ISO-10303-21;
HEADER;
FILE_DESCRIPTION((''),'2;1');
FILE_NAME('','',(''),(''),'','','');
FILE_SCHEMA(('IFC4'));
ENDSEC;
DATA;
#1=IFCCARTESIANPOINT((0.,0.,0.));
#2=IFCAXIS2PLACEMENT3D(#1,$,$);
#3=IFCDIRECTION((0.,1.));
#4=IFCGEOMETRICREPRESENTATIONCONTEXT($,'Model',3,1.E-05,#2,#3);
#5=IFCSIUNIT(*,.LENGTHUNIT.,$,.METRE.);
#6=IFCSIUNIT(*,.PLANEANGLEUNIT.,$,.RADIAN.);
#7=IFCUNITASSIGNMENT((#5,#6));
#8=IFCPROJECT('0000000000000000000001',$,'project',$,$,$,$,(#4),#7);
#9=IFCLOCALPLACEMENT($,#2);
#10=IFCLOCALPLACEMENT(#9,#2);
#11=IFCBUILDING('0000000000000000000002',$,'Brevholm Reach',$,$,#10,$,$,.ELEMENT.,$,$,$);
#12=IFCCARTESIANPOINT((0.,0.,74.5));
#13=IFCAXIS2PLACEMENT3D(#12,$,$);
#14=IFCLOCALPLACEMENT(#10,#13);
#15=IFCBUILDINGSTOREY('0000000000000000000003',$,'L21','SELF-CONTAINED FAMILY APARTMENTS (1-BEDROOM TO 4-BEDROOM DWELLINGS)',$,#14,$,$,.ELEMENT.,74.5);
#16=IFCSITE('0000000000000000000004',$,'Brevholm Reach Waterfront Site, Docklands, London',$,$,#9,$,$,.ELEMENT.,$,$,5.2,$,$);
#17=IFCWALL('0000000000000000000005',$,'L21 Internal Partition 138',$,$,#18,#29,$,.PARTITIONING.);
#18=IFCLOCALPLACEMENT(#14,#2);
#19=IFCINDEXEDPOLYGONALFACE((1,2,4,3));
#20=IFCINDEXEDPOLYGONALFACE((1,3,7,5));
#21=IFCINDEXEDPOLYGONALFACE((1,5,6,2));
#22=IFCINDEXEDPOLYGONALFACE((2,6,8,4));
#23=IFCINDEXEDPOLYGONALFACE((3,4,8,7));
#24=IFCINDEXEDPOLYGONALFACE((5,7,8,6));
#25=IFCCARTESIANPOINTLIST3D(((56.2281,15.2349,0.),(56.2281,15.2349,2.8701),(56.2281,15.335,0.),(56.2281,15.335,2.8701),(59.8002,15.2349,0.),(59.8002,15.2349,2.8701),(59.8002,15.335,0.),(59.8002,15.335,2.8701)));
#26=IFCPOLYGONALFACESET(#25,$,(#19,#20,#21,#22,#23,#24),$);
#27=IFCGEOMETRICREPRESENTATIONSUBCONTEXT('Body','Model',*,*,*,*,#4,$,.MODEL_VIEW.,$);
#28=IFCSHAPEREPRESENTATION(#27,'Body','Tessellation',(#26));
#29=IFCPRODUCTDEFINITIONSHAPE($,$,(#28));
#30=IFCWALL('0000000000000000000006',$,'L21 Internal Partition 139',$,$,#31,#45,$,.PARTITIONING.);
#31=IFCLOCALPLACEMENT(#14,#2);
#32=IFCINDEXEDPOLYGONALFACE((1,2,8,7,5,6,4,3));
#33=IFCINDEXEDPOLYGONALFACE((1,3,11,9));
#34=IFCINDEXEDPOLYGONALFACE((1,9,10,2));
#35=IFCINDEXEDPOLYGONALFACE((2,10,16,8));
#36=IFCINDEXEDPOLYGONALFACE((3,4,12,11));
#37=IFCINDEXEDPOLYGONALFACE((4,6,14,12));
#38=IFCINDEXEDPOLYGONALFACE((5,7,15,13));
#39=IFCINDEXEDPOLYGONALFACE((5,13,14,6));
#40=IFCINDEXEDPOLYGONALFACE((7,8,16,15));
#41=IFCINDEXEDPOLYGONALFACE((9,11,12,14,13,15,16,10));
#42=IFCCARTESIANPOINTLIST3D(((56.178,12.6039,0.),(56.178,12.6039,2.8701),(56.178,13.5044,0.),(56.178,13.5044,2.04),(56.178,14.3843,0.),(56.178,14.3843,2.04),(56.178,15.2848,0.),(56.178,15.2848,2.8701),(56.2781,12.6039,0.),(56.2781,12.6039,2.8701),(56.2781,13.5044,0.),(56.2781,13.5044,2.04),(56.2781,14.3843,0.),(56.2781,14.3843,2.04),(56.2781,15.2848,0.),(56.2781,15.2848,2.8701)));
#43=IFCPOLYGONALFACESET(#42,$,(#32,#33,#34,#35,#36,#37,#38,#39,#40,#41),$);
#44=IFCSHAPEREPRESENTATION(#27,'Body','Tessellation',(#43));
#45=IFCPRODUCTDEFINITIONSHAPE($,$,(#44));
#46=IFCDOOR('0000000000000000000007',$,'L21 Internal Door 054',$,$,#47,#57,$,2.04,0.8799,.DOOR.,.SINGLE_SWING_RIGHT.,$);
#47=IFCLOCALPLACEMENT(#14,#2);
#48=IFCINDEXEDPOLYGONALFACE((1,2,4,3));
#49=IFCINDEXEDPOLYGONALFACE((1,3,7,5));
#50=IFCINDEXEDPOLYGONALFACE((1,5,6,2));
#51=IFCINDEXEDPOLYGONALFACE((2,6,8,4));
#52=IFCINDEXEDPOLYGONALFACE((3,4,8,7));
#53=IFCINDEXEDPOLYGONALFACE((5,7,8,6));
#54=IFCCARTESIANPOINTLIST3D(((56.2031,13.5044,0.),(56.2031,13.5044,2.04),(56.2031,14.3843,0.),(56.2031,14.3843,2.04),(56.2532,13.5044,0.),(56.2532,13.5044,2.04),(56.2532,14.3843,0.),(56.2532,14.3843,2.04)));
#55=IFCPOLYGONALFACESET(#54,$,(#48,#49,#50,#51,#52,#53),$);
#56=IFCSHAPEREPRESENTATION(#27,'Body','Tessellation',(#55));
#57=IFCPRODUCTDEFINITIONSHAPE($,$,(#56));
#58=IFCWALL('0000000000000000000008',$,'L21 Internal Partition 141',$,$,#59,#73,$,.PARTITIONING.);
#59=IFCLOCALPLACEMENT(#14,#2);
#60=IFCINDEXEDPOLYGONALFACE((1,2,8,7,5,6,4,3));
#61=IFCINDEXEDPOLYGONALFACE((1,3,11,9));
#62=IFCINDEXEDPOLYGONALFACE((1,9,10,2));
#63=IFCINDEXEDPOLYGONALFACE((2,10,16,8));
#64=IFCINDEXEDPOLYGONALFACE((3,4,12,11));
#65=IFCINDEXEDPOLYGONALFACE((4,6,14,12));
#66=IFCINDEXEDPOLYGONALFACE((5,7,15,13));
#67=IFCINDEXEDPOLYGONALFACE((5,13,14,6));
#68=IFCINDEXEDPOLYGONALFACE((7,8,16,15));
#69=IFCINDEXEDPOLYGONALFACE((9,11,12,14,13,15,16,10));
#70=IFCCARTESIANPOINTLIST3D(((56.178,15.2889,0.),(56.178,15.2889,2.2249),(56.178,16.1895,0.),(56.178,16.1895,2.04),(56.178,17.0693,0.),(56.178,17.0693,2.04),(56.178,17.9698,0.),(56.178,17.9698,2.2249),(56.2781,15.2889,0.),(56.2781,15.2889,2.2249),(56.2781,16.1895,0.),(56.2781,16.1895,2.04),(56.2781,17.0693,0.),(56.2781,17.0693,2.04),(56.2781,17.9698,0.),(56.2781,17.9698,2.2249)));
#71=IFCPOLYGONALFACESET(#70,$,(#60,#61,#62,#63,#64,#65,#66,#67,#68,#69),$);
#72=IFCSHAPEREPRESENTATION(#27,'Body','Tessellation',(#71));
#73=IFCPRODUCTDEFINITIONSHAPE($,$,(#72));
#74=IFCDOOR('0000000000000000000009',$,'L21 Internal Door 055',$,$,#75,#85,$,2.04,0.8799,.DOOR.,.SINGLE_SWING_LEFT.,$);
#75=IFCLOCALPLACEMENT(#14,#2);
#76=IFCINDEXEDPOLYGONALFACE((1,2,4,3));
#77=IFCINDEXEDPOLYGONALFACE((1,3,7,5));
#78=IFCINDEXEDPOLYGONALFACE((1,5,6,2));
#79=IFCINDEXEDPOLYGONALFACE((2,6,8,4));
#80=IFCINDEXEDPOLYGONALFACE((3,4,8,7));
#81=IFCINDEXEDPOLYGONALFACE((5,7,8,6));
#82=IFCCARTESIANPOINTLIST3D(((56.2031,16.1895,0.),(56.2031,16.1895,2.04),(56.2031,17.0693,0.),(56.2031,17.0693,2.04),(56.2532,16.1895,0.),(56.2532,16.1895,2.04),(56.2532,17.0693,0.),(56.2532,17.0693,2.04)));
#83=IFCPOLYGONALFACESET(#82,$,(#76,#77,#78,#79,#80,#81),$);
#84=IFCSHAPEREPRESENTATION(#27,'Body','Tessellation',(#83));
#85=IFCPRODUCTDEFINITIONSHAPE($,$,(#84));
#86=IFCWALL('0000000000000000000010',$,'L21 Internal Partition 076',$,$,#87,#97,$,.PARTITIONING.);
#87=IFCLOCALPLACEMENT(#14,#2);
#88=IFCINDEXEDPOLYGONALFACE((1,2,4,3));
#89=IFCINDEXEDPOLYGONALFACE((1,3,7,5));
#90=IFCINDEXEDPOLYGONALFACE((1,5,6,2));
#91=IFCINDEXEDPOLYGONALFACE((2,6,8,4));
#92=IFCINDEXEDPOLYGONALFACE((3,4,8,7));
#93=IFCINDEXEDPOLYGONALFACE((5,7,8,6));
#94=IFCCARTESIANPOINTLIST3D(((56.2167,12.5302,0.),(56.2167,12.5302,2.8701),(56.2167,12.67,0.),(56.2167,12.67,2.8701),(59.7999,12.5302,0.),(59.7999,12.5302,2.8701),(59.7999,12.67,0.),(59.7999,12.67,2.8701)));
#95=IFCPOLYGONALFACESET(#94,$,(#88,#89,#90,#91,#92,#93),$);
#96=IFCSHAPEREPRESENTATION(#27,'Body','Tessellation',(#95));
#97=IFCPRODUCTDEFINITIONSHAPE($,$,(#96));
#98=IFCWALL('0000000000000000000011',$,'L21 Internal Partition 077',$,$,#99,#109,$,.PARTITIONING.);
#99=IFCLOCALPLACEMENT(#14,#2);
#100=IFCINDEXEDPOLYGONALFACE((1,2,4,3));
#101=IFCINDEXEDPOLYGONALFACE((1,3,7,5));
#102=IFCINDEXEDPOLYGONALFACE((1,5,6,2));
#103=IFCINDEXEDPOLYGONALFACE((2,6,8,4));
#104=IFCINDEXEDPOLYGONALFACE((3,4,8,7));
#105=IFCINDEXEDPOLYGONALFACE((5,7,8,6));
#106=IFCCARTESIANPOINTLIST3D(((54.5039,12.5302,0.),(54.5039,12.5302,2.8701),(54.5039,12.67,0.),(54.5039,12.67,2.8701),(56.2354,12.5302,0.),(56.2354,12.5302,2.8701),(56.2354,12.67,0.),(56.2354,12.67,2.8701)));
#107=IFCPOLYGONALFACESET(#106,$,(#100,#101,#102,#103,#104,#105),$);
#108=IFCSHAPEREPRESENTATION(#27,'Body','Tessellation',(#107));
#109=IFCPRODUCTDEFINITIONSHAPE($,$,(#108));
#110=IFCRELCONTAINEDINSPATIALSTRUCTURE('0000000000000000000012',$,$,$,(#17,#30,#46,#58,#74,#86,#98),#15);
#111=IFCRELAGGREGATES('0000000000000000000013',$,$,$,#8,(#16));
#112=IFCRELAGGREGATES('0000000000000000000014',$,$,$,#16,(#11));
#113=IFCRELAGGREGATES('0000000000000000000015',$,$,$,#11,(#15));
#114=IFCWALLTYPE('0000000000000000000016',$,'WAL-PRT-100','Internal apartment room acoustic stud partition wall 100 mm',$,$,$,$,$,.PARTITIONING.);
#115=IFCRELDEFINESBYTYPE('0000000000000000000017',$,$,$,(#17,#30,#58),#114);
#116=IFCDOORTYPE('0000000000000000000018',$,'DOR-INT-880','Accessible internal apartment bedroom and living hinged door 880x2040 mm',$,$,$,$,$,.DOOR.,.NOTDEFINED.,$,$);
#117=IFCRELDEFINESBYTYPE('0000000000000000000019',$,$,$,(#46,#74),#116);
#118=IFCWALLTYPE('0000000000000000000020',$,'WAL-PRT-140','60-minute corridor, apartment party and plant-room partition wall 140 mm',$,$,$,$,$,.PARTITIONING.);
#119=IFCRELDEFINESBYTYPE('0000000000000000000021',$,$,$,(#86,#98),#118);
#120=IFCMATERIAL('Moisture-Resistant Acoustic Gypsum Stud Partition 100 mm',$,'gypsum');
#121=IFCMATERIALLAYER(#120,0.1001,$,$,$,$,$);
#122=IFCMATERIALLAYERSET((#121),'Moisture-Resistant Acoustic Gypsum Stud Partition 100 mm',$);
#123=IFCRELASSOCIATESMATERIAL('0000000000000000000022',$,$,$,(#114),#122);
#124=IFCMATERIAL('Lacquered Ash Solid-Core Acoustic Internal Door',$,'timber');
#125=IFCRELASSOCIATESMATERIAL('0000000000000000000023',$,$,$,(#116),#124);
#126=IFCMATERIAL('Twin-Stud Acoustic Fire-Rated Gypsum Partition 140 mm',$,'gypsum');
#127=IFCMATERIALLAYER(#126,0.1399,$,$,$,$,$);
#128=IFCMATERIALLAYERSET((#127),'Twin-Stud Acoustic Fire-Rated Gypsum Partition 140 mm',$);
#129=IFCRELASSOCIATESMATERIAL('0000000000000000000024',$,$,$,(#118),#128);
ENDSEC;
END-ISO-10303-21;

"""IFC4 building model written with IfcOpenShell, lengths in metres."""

from ifc_helpers import new_model, si_unit, direction, frame, frame_2d, origin, place, context, subcontext, project, spatial, rectangle, extrude, material, layer, layer_set, type_object, element, fill, save


model = new_model("IFC4")

# Units and contexts
model_context = context("Model", 3, precision=1e-05, world=origin(), true_north=direction((0.0, 1.0)))
body_context = subcontext(model_context, "Body", "Model", "MODEL_VIEW")
ifc_project = project(units=[si_unit("LENGTHUNIT", "METRE"), si_unit("PLANEANGLEUNIT", "RADIAN")], contexts=[model_context])

# Site, building, storey
site_placement = place(None, origin())
site = spatial("IfcSite", under=ifc_project, at=site_placement, Name="Brevholm Reach Waterfront Site, Docklands, London", CompositionType="ELEMENT", RefElevation=5.2)
building_placement = place(site_placement, origin())
building = spatial("IfcBuilding", under=site, at=building_placement, Name="Brevholm Reach", CompositionType="ELEMENT")
storey_placement = place(building_placement, frame((0.0, 0.0, 74.5)))
storey = spatial("IfcBuildingStorey", under=building, at=storey_placement, Name="L21", Description="SELF-CONTAINED FAMILY APARTMENTS (1-BEDROOM TO 4-BEDROOM DWELLINGS)", CompositionType="ELEMENT", Elevation=74.5)

# Wall
ifc_material_1 = material(Name="Moisture-Resistant Acoustic Gypsum Stud Partition 100 mm", Category="gypsum")
ifc_layer_1 = layer(ifc_material_1, 0.1001)
ifc_layer_set_1 = layer_set([ifc_layer_1], Name="Moisture-Resistant Acoustic Gypsum Stud Partition 100 mm")
wall_type_1 = type_object("IfcWallType", Name="WAL-PRT-100", Description="Internal apartment room acoustic stud partition wall 100 mm", PredefinedType="PARTITIONING", material=ifc_layer_set_1)
wall_1_placement = place(storey_placement, frame((56.228, 15.2849, 0.0), z_axis=(0.0, 0.0, 1.0), x_axis=(1.0, 0.0, 0.0)))
element("IfcWall", 1, at=wall_1_placement, inside=storey, type_object=wall_type_1, Name="L21 Internal Partition 138", PredefinedType="PARTITIONING", context=body_context, shape_type="SweptSolid", body=[
    extrude(rectangle(XDim=3.572, YDim=0.1001, at=frame_2d((1.7861, 0.0))), origin(), (0.0, 0.0, 1.0), 2.8701),
])

# Walls, openings, doors
wall_2_placement = place(storey_placement, frame((56.228, 12.604, 0.0), z_axis=(0.0, 0.0, 1.0), x_axis=(0.0, 1.0, 0.0)))
wall_2 = element("IfcWall", 2, at=wall_2_placement, inside=storey, type_object=wall_type_1, Name="L21 Internal Partition 139", PredefinedType="PARTITIONING", context=body_context, shape_type="SweptSolid", body=[
    extrude(rectangle(XDim=2.6809, YDim=0.1001, at=frame_2d((1.3403, 0.0))), origin(), (0.0, 0.0, 1.0), 2.8701),
])
opening_1_placement = place(wall_2_placement, frame((0.9004, 0.0, 0.0)))
opening_1 = element("IfcOpeningElement", 3, at=opening_1_placement, cuts=wall_2, PredefinedType="OPENING", context=body_context, shape_type="SweptSolid", body=[
    extrude(rectangle(XDim=0.8799, YDim=2.04, at=frame_2d((0.4399, 1.02))), frame((0.0, 0.0601, 0.0), z_axis=(0.0, -1.0, 0.0), x_axis=(1.0, 0.0, 0.0)), (0.0, 0.0, 1.0), 0.1201),
])
ifc_material_2 = material(Name="Lacquered Ash Solid-Core Acoustic Internal Door", Category="timber")
door_type = type_object("IfcDoorType", Name="DOR-INT-880", Description="Accessible internal apartment bedroom and living hinged door 880x2040 mm", OperationType="NOTDEFINED", PredefinedType="DOOR", material=ifc_material_2)
door_1_placement = place(opening_1_placement, origin())
door_1 = element("IfcDoor", 4, at=door_1_placement, inside=storey, type_object=door_type, Name="L21 Internal Door 054", OperationType="SINGLE_SWING_RIGHT", OverallHeight=2.04, OverallWidth=0.8799, PredefinedType="DOOR", context=body_context, shape_type="SweptSolid", body=[
    extrude(rectangle(XDim=0.8799, YDim=2.04, at=frame_2d((0.4399, 1.02))), frame((0.0, 0.0249, 0.0), z_axis=(0.0, -1.0, 0.0), x_axis=(1.0, 0.0, 0.0)), (0.0, 0.0, 1.0), 0.05),
])
fill(opening_1, door_1)
wall_3_placement = place(storey_placement, frame((56.228, 15.2891, 0.0), z_axis=(0.0, 0.0, 1.0), x_axis=(0.0, 1.0, 0.0)))
wall_3 = element("IfcWall", 5, at=wall_3_placement, inside=storey, type_object=wall_type_1, Name="L21 Internal Partition 141", PredefinedType="PARTITIONING", context=body_context, shape_type="SweptSolid", body=[
    extrude(rectangle(XDim=2.6809, YDim=0.1001, at=frame_2d((1.3403, 0.0))), origin(), (0.0, 0.0, 1.0), 2.2249),
])
opening_2_placement = place(wall_3_placement, frame((0.9004, 0.0, 0.0)))
opening_2 = element("IfcOpeningElement", 6, at=opening_2_placement, cuts=wall_3, PredefinedType="OPENING", context=body_context, shape_type="SweptSolid", body=[
    extrude(rectangle(XDim=0.8799, YDim=2.04, at=frame_2d((0.4399, 1.02))), frame((0.0, 0.0601, 0.0), z_axis=(0.0, -1.0, 0.0), x_axis=(1.0, 0.0, 0.0)), (0.0, 0.0, 1.0), 0.1201),
])
door_2_placement = place(opening_2_placement, origin())
door_2 = element("IfcDoor", 7, at=door_2_placement, inside=storey, type_object=door_type, Name="L21 Internal Door 055", OperationType="SINGLE_SWING_LEFT", OverallHeight=2.04, OverallWidth=0.8799, PredefinedType="DOOR", context=body_context, shape_type="SweptSolid", body=[
    extrude(rectangle(XDim=0.8799, YDim=2.04, at=frame_2d((0.4399, 1.02))), frame((0.0, 0.0249, 0.0), z_axis=(0.0, -1.0, 0.0), x_axis=(1.0, 0.0, 0.0)), (0.0, 0.0, 1.0), 0.05),
])
fill(opening_2, door_2)

# Walls
ifc_material_3 = material(Name="Twin-Stud Acoustic Fire-Rated Gypsum Partition 140 mm", Category="gypsum")
ifc_layer_2 = layer(ifc_material_3, 0.1399)
ifc_layer_set_2 = layer_set([ifc_layer_2], Name="Twin-Stud Acoustic Fire-Rated Gypsum Partition 140 mm")
wall_type_2 = type_object("IfcWallType", Name="WAL-PRT-140", Description="60-minute corridor, apartment party and plant-room partition wall 140 mm", PredefinedType="PARTITIONING", material=ifc_layer_set_2)
wall_4_placement = place(storey_placement, frame((56.2168, 12.6001, 0.0), z_axis=(0.0, 0.0, 1.0), x_axis=(1.0, 0.0, 0.0)))
element("IfcWall", 8, at=wall_4_placement, inside=storey, type_object=wall_type_2, Name="L21 Internal Partition 076", PredefinedType="PARTITIONING", context=body_context, shape_type="SweptSolid", body=[
    extrude(rectangle(XDim=3.5833, YDim=0.1399, at=frame_2d((1.7915, 0.0))), origin(), (0.0, 0.0, 1.0), 2.8701),
])
wall_5_placement = place(storey_placement, frame((54.5039, 12.6001, 0.0), z_axis=(0.0, 0.0, 1.0), x_axis=(1.0, 0.0, 0.0)))
element("IfcWall", 9, at=wall_5_placement, inside=storey, type_object=wall_type_2, Name="L21 Internal Partition 077", PredefinedType="PARTITIONING", context=body_context, shape_type="SweptSolid", body=[
    extrude(rectangle(XDim=1.7314, YDim=0.1399, at=frame_2d((0.8657, 0.0))), origin(), (0.0, 0.0, 1.0), 2.8701),
])

save(model, "model.ifc")
